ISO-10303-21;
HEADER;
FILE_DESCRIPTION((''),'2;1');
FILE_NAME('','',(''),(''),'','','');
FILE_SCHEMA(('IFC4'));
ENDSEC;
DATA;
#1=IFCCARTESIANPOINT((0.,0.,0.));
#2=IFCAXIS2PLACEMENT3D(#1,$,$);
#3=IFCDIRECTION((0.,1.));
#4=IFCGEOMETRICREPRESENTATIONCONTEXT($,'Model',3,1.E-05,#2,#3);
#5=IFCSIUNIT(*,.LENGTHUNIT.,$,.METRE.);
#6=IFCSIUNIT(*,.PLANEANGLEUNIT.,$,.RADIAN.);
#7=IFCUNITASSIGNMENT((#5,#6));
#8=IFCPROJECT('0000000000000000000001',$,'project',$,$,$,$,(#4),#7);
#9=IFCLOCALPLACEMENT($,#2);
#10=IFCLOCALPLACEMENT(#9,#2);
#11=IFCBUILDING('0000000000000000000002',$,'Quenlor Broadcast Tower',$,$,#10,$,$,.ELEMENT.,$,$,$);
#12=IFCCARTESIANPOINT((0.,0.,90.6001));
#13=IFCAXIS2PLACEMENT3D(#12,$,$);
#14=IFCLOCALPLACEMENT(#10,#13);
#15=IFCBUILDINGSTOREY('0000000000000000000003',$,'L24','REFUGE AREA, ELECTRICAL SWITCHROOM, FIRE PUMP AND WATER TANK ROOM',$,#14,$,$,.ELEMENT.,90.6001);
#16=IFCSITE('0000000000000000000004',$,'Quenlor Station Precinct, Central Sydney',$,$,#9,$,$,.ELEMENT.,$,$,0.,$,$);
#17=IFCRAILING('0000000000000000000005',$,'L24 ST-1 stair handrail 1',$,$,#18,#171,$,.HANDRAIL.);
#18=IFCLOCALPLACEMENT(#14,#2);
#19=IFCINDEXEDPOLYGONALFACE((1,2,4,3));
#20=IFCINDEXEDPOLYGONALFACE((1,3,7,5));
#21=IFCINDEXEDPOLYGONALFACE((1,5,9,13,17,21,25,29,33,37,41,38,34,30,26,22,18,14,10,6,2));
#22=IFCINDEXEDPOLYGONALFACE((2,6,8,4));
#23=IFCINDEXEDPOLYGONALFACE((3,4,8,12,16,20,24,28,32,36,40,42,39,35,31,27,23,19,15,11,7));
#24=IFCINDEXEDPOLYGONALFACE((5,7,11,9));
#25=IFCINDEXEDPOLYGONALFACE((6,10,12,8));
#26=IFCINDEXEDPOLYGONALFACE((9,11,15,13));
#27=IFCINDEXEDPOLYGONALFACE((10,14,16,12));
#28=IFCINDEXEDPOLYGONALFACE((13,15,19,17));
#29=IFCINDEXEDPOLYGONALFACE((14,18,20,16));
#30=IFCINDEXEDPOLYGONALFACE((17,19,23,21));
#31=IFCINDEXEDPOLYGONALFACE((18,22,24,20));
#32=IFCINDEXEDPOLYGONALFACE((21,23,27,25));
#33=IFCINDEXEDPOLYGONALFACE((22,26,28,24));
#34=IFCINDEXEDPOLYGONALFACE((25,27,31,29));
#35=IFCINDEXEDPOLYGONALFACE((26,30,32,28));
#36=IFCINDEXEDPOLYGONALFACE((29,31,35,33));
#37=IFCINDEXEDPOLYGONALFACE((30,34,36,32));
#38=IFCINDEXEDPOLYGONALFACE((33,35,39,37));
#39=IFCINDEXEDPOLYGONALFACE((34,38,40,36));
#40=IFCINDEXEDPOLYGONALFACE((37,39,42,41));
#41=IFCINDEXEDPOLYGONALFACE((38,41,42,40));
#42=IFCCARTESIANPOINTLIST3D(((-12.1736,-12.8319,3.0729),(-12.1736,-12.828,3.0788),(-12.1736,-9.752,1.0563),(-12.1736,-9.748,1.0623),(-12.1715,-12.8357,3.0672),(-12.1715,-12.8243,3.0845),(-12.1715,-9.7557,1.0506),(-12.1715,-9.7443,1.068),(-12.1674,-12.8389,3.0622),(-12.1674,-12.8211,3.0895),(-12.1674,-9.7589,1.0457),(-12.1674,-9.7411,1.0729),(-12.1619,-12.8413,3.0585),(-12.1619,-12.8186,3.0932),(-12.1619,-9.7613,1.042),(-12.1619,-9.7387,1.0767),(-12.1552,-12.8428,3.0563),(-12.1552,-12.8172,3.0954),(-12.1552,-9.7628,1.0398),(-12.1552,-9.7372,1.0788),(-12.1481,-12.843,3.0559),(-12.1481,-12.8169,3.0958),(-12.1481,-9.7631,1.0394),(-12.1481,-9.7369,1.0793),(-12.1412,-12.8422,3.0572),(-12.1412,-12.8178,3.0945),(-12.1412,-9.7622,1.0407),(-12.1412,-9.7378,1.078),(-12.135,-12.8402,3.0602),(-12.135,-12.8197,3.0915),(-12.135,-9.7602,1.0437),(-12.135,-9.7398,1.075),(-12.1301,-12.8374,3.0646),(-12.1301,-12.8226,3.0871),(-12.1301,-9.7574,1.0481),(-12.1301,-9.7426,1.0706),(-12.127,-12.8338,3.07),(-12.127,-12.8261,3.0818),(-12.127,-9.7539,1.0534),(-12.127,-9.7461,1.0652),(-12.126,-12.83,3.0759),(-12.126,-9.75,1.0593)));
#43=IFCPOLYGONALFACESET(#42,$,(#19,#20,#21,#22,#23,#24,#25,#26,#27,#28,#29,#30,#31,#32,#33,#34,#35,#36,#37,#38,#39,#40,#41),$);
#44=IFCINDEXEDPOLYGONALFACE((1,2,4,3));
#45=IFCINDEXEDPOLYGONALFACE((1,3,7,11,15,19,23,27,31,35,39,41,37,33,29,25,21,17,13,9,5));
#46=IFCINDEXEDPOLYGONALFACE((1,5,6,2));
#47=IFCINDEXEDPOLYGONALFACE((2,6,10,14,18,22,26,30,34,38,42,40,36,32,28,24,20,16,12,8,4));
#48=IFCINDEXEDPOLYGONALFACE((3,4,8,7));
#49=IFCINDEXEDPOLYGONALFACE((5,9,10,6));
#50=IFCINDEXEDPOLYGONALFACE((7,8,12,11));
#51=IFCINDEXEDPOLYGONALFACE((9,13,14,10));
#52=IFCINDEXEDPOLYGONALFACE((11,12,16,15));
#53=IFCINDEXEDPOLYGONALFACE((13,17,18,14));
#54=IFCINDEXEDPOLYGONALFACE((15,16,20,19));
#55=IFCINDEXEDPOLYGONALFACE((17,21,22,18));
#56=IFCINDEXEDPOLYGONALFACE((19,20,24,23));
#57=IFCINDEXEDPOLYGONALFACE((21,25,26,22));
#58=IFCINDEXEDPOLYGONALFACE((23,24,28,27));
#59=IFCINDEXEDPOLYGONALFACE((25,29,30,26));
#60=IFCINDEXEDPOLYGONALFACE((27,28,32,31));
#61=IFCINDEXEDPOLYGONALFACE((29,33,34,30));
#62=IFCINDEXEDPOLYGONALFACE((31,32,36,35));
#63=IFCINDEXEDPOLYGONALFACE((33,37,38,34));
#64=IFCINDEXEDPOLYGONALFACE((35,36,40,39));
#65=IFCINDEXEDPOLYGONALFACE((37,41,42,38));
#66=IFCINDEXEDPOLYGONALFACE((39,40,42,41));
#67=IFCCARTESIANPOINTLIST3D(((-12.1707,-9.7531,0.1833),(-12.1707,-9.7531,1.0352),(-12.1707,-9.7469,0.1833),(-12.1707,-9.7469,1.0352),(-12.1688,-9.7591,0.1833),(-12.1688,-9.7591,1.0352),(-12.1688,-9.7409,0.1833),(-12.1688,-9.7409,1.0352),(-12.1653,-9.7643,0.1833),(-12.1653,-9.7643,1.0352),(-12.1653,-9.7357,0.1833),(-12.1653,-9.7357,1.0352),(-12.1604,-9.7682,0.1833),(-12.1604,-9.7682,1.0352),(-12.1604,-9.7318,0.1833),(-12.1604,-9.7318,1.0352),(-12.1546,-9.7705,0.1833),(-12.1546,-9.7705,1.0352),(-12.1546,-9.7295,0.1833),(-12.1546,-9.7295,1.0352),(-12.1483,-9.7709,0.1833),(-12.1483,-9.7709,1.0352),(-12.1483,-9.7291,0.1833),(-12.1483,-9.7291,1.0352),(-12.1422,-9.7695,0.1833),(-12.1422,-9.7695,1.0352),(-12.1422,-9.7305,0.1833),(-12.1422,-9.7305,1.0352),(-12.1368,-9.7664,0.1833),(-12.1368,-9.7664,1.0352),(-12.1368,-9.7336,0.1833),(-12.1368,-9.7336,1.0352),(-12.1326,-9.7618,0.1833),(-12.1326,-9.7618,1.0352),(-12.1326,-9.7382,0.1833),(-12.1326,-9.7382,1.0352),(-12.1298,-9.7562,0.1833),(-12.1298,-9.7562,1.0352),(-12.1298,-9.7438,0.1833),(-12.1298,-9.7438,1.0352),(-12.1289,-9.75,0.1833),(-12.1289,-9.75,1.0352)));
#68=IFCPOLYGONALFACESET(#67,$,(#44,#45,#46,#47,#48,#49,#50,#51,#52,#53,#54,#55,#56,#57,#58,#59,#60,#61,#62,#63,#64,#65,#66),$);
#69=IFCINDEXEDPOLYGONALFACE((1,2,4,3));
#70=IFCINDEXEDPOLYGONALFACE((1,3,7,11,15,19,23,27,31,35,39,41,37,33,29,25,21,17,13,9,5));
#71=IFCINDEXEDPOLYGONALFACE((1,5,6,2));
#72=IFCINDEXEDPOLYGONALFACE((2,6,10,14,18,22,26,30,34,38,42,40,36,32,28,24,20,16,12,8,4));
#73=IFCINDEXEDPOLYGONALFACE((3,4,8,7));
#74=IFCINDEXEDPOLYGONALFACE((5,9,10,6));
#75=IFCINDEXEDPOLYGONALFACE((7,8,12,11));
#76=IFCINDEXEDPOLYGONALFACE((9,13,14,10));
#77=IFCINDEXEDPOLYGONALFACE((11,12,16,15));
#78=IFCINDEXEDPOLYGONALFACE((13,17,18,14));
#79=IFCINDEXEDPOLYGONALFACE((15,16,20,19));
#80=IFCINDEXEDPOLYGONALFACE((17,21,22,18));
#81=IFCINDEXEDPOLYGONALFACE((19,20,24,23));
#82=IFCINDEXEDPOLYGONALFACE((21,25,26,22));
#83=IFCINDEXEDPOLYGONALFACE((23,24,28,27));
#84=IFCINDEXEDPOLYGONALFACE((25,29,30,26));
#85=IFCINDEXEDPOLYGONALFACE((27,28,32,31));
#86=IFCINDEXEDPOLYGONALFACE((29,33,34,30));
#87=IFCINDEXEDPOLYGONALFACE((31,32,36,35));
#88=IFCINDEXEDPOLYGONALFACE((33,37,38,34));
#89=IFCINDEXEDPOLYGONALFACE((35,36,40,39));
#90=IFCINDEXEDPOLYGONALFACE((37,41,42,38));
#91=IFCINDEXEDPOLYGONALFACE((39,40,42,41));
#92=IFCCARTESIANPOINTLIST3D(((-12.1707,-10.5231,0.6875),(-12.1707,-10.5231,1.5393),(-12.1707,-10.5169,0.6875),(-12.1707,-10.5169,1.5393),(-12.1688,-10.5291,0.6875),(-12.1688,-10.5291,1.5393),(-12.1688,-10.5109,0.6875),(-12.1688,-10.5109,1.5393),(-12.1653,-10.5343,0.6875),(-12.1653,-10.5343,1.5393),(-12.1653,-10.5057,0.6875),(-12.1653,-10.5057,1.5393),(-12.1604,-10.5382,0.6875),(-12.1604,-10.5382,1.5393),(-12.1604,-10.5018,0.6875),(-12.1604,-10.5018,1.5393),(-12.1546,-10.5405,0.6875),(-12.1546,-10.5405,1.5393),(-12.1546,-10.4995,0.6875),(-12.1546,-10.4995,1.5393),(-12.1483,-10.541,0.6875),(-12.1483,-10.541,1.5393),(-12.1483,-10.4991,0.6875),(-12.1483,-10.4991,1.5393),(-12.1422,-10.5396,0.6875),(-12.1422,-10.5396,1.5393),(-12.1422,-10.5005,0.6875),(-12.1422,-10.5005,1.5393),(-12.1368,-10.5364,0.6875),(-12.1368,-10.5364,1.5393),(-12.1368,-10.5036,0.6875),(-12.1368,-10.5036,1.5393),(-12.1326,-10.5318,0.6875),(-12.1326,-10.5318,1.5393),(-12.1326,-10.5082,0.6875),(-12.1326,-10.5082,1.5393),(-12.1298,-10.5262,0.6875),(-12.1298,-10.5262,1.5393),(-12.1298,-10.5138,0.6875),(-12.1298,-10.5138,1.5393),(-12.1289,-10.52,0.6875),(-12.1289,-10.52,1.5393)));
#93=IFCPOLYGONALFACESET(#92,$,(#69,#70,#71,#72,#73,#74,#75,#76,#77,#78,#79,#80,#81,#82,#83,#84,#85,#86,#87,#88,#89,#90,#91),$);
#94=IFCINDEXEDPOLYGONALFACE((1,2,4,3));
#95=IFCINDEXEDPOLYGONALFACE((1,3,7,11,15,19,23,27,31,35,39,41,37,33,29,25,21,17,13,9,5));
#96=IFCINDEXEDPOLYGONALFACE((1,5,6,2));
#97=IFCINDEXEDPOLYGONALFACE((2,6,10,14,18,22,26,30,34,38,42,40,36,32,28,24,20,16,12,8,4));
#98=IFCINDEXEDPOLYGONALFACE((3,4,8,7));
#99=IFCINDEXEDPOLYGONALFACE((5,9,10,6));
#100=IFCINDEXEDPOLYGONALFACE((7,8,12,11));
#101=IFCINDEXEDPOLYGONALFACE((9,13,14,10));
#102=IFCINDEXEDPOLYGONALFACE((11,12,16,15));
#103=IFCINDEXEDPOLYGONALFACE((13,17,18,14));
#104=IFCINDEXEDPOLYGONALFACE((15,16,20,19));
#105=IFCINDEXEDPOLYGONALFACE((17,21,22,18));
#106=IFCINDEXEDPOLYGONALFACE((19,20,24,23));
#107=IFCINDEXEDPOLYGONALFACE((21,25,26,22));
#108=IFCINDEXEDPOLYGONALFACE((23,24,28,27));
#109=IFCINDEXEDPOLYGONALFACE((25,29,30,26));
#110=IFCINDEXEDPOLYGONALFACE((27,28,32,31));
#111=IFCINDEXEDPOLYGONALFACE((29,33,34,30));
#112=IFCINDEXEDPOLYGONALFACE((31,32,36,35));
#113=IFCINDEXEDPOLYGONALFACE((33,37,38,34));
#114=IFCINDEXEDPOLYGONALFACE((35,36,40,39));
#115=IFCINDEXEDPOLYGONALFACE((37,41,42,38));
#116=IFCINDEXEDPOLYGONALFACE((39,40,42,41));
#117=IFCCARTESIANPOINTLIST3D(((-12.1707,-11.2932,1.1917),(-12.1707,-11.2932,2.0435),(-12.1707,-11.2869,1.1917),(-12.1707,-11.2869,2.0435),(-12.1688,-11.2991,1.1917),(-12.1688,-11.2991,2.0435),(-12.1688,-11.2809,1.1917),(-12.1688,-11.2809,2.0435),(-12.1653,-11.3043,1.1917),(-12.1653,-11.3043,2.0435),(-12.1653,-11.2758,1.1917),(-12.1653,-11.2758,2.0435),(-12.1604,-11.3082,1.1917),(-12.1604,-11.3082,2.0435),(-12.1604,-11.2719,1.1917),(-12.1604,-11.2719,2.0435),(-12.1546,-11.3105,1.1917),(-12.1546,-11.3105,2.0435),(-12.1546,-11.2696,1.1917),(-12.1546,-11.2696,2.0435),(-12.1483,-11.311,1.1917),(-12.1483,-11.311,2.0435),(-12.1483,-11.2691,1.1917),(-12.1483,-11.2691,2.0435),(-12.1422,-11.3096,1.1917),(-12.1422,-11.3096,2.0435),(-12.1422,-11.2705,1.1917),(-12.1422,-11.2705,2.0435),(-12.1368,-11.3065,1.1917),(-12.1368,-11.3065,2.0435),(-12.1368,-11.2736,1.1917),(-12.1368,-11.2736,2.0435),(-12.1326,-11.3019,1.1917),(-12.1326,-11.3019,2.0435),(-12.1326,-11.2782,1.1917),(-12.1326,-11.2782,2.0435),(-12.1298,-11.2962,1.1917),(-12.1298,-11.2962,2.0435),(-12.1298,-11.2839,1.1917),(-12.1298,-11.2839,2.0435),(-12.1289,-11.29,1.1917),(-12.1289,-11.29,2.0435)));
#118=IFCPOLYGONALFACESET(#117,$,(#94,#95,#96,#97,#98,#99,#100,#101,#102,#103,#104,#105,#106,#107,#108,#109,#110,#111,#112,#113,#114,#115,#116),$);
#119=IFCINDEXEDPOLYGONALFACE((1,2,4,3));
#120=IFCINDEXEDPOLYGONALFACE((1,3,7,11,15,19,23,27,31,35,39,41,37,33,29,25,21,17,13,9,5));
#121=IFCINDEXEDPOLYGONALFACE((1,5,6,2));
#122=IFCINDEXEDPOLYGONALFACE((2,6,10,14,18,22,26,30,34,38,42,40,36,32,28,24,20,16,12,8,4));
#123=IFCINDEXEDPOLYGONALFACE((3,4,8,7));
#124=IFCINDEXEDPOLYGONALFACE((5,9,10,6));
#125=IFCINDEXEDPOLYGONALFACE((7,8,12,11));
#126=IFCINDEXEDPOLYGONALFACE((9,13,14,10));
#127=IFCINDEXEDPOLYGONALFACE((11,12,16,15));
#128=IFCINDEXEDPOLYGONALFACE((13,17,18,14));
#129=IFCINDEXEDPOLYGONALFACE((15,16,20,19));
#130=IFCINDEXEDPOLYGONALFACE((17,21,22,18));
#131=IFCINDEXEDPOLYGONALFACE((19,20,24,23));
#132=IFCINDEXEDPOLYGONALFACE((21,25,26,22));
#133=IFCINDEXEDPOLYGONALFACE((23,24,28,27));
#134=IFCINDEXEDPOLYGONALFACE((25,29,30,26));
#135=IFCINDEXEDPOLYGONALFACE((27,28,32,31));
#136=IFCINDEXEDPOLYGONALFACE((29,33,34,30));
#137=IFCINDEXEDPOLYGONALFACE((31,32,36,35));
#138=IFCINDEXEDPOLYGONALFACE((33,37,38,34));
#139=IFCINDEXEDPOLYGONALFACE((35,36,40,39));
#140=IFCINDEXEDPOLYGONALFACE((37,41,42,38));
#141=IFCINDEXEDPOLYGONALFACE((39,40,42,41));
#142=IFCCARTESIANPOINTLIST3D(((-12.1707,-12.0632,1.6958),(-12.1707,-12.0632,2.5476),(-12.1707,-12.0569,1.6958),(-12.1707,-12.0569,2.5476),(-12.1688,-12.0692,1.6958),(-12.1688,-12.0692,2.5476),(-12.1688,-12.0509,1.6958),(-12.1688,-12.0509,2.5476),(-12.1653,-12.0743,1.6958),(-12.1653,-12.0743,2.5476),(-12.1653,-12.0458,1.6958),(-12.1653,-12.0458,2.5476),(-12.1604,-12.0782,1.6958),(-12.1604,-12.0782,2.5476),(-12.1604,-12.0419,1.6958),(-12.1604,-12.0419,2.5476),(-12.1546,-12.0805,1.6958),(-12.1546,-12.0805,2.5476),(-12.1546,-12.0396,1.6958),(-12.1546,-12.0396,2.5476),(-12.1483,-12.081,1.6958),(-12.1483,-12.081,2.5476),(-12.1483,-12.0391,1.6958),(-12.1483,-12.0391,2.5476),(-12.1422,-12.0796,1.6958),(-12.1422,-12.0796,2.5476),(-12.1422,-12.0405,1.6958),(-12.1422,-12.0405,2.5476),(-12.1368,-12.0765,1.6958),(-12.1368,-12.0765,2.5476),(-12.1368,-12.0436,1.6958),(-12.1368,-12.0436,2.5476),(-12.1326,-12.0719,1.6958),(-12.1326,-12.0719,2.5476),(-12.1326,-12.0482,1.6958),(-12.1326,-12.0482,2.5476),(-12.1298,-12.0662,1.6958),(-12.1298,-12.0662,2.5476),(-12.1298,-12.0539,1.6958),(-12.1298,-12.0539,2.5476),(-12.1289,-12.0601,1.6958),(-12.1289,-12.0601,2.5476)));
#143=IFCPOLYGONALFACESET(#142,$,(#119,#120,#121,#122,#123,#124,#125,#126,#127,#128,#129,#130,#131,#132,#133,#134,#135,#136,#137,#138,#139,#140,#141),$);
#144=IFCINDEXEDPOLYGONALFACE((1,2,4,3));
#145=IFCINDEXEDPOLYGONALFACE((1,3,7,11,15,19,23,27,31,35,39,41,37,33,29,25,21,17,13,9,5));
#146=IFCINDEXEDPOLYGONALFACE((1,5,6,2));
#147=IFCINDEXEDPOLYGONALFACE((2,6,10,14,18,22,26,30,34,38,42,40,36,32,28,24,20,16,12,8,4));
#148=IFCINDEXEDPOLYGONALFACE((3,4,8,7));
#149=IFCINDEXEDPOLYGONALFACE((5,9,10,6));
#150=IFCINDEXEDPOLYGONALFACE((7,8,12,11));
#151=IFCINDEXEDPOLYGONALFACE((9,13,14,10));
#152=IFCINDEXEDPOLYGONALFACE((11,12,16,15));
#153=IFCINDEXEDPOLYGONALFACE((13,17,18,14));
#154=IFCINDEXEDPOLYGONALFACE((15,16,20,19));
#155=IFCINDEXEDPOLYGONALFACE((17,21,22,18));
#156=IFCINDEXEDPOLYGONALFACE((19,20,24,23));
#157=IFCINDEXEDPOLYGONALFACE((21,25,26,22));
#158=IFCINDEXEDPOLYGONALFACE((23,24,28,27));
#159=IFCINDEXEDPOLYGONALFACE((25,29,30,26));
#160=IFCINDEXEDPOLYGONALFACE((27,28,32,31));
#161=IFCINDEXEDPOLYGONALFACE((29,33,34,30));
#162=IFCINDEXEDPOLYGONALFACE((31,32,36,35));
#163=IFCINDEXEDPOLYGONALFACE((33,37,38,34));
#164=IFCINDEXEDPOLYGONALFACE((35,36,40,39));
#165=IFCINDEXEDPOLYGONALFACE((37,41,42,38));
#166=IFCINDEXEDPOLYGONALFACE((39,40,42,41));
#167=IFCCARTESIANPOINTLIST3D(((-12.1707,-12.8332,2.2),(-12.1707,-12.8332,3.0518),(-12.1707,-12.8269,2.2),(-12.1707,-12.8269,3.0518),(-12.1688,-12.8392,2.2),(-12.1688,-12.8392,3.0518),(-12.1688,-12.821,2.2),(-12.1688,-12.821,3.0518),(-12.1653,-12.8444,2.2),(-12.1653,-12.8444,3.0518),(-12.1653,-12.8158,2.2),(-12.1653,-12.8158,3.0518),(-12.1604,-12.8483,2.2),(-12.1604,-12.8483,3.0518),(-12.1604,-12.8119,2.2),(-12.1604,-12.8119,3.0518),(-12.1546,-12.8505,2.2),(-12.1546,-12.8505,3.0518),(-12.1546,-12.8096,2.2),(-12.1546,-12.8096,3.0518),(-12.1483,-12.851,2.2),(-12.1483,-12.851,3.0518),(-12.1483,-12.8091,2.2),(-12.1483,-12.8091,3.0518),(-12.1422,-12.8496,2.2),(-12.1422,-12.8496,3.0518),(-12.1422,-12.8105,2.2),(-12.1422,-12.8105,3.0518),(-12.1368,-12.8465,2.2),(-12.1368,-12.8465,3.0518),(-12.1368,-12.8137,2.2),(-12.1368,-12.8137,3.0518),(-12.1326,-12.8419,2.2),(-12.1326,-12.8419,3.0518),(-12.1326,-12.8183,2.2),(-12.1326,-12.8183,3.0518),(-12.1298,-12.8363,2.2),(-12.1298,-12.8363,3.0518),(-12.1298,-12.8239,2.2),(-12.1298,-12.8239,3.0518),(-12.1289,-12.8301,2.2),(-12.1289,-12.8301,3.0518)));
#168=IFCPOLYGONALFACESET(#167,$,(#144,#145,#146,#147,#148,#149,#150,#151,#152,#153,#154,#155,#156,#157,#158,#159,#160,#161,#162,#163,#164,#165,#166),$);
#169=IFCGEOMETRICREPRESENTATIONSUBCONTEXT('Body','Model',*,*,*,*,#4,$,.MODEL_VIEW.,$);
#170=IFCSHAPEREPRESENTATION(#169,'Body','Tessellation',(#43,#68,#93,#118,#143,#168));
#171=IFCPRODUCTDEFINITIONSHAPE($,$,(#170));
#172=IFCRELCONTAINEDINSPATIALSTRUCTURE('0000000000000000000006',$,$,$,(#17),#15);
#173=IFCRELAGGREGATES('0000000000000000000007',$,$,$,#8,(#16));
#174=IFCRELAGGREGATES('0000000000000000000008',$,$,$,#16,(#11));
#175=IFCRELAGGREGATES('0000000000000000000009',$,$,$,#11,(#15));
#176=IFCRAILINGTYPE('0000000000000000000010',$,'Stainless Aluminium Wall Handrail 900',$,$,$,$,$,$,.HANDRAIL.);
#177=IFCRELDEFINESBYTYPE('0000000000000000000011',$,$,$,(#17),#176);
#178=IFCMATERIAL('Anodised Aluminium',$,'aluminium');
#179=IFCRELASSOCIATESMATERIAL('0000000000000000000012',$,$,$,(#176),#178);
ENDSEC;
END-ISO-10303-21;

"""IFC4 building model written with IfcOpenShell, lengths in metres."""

from ifc_helpers import new_model, si_unit, direction, frame, origin, origin_2d, place, context, subcontext, project, spatial, circle, extrude, material, type_object, element, save


model = new_model("IFC4")

# Units and contexts
model_context = context("Model", 3, precision=1e-05, world=origin(), true_north=direction((0.0, 1.0)))
body_context = subcontext(model_context, "Body", "Model", "MODEL_VIEW")
ifc_project = project(units=[si_unit("LENGTHUNIT", "METRE"), si_unit("PLANEANGLEUNIT", "RADIAN")], contexts=[model_context])

# Site, building, storey
site_placement = place(None, origin())
site = spatial("IfcSite", under=ifc_project, at=site_placement, Name="Quenlor Station Precinct, Central Sydney", CompositionType="ELEMENT", RefElevation=0.0)
building_placement = place(site_placement, origin())
building = spatial("IfcBuilding", under=site, at=building_placement, Name="Quenlor Broadcast Tower", CompositionType="ELEMENT")
storey_placement = place(building_placement, frame((0.0, 0.0, 90.6001)))
storey = spatial("IfcBuildingStorey", under=building, at=storey_placement, Name="L24", Description="REFUGE AREA, ELECTRICAL SWITCHROOM, FIRE PUMP AND WATER TANK ROOM", CompositionType="ELEMENT", Elevation=90.6001)

# Railing
ifc_material_1 = material(Name="Anodised Aluminium", Category="aluminium")
railing_type_1 = type_object("IfcRailingType", Name="Stainless Aluminium Wall Handrail 900", PredefinedType="HANDRAIL", material=ifc_material_1)
railing_1_placement = place(storey_placement, frame((-12.1499, -9.75, 0.1833)))
element("IfcRailing", 1, at=railing_1_placement, inside=storey, type_object=railing_type_1, Name="L24 ST-1 stair handrail 1", PredefinedType="HANDRAIL", context=body_context, shape_type="SweptSolid", body=[
    extrude(circle(Radius=0.0239, at=origin_2d()), frame((0.0, 0.0, 0.876), z_axis=(0.0, -0.836633, 0.547764), x_axis=(1.0, 0.0, 0.0)), (0.0, 0.0, 1.0), 3.6814),
    extrude(circle(Radius=0.021, at=origin_2d()), origin(), (0.0, 0.0, 1.0), 0.8518),
    extrude(circle(Radius=0.021, at=origin_2d()), frame((0.0, -0.77, 0.5042)), (0.0, 0.0, 1.0), 0.8518),
    extrude(circle(Radius=0.021, at=origin_2d()), frame((0.0, -1.54, 1.0083)), (0.0, 0.0, 1.0), 0.8518),
    extrude(circle(Radius=0.021, at=origin_2d()), frame((0.0, -2.3101, 1.5125)), (0.0, 0.0, 1.0), 0.8518),
    extrude(circle(Radius=0.021, at=origin_2d()), frame((0.0, -3.0801, 2.0166)), (0.0, 0.0, 1.0), 0.8518),
])

save(model, "model.ifc")
